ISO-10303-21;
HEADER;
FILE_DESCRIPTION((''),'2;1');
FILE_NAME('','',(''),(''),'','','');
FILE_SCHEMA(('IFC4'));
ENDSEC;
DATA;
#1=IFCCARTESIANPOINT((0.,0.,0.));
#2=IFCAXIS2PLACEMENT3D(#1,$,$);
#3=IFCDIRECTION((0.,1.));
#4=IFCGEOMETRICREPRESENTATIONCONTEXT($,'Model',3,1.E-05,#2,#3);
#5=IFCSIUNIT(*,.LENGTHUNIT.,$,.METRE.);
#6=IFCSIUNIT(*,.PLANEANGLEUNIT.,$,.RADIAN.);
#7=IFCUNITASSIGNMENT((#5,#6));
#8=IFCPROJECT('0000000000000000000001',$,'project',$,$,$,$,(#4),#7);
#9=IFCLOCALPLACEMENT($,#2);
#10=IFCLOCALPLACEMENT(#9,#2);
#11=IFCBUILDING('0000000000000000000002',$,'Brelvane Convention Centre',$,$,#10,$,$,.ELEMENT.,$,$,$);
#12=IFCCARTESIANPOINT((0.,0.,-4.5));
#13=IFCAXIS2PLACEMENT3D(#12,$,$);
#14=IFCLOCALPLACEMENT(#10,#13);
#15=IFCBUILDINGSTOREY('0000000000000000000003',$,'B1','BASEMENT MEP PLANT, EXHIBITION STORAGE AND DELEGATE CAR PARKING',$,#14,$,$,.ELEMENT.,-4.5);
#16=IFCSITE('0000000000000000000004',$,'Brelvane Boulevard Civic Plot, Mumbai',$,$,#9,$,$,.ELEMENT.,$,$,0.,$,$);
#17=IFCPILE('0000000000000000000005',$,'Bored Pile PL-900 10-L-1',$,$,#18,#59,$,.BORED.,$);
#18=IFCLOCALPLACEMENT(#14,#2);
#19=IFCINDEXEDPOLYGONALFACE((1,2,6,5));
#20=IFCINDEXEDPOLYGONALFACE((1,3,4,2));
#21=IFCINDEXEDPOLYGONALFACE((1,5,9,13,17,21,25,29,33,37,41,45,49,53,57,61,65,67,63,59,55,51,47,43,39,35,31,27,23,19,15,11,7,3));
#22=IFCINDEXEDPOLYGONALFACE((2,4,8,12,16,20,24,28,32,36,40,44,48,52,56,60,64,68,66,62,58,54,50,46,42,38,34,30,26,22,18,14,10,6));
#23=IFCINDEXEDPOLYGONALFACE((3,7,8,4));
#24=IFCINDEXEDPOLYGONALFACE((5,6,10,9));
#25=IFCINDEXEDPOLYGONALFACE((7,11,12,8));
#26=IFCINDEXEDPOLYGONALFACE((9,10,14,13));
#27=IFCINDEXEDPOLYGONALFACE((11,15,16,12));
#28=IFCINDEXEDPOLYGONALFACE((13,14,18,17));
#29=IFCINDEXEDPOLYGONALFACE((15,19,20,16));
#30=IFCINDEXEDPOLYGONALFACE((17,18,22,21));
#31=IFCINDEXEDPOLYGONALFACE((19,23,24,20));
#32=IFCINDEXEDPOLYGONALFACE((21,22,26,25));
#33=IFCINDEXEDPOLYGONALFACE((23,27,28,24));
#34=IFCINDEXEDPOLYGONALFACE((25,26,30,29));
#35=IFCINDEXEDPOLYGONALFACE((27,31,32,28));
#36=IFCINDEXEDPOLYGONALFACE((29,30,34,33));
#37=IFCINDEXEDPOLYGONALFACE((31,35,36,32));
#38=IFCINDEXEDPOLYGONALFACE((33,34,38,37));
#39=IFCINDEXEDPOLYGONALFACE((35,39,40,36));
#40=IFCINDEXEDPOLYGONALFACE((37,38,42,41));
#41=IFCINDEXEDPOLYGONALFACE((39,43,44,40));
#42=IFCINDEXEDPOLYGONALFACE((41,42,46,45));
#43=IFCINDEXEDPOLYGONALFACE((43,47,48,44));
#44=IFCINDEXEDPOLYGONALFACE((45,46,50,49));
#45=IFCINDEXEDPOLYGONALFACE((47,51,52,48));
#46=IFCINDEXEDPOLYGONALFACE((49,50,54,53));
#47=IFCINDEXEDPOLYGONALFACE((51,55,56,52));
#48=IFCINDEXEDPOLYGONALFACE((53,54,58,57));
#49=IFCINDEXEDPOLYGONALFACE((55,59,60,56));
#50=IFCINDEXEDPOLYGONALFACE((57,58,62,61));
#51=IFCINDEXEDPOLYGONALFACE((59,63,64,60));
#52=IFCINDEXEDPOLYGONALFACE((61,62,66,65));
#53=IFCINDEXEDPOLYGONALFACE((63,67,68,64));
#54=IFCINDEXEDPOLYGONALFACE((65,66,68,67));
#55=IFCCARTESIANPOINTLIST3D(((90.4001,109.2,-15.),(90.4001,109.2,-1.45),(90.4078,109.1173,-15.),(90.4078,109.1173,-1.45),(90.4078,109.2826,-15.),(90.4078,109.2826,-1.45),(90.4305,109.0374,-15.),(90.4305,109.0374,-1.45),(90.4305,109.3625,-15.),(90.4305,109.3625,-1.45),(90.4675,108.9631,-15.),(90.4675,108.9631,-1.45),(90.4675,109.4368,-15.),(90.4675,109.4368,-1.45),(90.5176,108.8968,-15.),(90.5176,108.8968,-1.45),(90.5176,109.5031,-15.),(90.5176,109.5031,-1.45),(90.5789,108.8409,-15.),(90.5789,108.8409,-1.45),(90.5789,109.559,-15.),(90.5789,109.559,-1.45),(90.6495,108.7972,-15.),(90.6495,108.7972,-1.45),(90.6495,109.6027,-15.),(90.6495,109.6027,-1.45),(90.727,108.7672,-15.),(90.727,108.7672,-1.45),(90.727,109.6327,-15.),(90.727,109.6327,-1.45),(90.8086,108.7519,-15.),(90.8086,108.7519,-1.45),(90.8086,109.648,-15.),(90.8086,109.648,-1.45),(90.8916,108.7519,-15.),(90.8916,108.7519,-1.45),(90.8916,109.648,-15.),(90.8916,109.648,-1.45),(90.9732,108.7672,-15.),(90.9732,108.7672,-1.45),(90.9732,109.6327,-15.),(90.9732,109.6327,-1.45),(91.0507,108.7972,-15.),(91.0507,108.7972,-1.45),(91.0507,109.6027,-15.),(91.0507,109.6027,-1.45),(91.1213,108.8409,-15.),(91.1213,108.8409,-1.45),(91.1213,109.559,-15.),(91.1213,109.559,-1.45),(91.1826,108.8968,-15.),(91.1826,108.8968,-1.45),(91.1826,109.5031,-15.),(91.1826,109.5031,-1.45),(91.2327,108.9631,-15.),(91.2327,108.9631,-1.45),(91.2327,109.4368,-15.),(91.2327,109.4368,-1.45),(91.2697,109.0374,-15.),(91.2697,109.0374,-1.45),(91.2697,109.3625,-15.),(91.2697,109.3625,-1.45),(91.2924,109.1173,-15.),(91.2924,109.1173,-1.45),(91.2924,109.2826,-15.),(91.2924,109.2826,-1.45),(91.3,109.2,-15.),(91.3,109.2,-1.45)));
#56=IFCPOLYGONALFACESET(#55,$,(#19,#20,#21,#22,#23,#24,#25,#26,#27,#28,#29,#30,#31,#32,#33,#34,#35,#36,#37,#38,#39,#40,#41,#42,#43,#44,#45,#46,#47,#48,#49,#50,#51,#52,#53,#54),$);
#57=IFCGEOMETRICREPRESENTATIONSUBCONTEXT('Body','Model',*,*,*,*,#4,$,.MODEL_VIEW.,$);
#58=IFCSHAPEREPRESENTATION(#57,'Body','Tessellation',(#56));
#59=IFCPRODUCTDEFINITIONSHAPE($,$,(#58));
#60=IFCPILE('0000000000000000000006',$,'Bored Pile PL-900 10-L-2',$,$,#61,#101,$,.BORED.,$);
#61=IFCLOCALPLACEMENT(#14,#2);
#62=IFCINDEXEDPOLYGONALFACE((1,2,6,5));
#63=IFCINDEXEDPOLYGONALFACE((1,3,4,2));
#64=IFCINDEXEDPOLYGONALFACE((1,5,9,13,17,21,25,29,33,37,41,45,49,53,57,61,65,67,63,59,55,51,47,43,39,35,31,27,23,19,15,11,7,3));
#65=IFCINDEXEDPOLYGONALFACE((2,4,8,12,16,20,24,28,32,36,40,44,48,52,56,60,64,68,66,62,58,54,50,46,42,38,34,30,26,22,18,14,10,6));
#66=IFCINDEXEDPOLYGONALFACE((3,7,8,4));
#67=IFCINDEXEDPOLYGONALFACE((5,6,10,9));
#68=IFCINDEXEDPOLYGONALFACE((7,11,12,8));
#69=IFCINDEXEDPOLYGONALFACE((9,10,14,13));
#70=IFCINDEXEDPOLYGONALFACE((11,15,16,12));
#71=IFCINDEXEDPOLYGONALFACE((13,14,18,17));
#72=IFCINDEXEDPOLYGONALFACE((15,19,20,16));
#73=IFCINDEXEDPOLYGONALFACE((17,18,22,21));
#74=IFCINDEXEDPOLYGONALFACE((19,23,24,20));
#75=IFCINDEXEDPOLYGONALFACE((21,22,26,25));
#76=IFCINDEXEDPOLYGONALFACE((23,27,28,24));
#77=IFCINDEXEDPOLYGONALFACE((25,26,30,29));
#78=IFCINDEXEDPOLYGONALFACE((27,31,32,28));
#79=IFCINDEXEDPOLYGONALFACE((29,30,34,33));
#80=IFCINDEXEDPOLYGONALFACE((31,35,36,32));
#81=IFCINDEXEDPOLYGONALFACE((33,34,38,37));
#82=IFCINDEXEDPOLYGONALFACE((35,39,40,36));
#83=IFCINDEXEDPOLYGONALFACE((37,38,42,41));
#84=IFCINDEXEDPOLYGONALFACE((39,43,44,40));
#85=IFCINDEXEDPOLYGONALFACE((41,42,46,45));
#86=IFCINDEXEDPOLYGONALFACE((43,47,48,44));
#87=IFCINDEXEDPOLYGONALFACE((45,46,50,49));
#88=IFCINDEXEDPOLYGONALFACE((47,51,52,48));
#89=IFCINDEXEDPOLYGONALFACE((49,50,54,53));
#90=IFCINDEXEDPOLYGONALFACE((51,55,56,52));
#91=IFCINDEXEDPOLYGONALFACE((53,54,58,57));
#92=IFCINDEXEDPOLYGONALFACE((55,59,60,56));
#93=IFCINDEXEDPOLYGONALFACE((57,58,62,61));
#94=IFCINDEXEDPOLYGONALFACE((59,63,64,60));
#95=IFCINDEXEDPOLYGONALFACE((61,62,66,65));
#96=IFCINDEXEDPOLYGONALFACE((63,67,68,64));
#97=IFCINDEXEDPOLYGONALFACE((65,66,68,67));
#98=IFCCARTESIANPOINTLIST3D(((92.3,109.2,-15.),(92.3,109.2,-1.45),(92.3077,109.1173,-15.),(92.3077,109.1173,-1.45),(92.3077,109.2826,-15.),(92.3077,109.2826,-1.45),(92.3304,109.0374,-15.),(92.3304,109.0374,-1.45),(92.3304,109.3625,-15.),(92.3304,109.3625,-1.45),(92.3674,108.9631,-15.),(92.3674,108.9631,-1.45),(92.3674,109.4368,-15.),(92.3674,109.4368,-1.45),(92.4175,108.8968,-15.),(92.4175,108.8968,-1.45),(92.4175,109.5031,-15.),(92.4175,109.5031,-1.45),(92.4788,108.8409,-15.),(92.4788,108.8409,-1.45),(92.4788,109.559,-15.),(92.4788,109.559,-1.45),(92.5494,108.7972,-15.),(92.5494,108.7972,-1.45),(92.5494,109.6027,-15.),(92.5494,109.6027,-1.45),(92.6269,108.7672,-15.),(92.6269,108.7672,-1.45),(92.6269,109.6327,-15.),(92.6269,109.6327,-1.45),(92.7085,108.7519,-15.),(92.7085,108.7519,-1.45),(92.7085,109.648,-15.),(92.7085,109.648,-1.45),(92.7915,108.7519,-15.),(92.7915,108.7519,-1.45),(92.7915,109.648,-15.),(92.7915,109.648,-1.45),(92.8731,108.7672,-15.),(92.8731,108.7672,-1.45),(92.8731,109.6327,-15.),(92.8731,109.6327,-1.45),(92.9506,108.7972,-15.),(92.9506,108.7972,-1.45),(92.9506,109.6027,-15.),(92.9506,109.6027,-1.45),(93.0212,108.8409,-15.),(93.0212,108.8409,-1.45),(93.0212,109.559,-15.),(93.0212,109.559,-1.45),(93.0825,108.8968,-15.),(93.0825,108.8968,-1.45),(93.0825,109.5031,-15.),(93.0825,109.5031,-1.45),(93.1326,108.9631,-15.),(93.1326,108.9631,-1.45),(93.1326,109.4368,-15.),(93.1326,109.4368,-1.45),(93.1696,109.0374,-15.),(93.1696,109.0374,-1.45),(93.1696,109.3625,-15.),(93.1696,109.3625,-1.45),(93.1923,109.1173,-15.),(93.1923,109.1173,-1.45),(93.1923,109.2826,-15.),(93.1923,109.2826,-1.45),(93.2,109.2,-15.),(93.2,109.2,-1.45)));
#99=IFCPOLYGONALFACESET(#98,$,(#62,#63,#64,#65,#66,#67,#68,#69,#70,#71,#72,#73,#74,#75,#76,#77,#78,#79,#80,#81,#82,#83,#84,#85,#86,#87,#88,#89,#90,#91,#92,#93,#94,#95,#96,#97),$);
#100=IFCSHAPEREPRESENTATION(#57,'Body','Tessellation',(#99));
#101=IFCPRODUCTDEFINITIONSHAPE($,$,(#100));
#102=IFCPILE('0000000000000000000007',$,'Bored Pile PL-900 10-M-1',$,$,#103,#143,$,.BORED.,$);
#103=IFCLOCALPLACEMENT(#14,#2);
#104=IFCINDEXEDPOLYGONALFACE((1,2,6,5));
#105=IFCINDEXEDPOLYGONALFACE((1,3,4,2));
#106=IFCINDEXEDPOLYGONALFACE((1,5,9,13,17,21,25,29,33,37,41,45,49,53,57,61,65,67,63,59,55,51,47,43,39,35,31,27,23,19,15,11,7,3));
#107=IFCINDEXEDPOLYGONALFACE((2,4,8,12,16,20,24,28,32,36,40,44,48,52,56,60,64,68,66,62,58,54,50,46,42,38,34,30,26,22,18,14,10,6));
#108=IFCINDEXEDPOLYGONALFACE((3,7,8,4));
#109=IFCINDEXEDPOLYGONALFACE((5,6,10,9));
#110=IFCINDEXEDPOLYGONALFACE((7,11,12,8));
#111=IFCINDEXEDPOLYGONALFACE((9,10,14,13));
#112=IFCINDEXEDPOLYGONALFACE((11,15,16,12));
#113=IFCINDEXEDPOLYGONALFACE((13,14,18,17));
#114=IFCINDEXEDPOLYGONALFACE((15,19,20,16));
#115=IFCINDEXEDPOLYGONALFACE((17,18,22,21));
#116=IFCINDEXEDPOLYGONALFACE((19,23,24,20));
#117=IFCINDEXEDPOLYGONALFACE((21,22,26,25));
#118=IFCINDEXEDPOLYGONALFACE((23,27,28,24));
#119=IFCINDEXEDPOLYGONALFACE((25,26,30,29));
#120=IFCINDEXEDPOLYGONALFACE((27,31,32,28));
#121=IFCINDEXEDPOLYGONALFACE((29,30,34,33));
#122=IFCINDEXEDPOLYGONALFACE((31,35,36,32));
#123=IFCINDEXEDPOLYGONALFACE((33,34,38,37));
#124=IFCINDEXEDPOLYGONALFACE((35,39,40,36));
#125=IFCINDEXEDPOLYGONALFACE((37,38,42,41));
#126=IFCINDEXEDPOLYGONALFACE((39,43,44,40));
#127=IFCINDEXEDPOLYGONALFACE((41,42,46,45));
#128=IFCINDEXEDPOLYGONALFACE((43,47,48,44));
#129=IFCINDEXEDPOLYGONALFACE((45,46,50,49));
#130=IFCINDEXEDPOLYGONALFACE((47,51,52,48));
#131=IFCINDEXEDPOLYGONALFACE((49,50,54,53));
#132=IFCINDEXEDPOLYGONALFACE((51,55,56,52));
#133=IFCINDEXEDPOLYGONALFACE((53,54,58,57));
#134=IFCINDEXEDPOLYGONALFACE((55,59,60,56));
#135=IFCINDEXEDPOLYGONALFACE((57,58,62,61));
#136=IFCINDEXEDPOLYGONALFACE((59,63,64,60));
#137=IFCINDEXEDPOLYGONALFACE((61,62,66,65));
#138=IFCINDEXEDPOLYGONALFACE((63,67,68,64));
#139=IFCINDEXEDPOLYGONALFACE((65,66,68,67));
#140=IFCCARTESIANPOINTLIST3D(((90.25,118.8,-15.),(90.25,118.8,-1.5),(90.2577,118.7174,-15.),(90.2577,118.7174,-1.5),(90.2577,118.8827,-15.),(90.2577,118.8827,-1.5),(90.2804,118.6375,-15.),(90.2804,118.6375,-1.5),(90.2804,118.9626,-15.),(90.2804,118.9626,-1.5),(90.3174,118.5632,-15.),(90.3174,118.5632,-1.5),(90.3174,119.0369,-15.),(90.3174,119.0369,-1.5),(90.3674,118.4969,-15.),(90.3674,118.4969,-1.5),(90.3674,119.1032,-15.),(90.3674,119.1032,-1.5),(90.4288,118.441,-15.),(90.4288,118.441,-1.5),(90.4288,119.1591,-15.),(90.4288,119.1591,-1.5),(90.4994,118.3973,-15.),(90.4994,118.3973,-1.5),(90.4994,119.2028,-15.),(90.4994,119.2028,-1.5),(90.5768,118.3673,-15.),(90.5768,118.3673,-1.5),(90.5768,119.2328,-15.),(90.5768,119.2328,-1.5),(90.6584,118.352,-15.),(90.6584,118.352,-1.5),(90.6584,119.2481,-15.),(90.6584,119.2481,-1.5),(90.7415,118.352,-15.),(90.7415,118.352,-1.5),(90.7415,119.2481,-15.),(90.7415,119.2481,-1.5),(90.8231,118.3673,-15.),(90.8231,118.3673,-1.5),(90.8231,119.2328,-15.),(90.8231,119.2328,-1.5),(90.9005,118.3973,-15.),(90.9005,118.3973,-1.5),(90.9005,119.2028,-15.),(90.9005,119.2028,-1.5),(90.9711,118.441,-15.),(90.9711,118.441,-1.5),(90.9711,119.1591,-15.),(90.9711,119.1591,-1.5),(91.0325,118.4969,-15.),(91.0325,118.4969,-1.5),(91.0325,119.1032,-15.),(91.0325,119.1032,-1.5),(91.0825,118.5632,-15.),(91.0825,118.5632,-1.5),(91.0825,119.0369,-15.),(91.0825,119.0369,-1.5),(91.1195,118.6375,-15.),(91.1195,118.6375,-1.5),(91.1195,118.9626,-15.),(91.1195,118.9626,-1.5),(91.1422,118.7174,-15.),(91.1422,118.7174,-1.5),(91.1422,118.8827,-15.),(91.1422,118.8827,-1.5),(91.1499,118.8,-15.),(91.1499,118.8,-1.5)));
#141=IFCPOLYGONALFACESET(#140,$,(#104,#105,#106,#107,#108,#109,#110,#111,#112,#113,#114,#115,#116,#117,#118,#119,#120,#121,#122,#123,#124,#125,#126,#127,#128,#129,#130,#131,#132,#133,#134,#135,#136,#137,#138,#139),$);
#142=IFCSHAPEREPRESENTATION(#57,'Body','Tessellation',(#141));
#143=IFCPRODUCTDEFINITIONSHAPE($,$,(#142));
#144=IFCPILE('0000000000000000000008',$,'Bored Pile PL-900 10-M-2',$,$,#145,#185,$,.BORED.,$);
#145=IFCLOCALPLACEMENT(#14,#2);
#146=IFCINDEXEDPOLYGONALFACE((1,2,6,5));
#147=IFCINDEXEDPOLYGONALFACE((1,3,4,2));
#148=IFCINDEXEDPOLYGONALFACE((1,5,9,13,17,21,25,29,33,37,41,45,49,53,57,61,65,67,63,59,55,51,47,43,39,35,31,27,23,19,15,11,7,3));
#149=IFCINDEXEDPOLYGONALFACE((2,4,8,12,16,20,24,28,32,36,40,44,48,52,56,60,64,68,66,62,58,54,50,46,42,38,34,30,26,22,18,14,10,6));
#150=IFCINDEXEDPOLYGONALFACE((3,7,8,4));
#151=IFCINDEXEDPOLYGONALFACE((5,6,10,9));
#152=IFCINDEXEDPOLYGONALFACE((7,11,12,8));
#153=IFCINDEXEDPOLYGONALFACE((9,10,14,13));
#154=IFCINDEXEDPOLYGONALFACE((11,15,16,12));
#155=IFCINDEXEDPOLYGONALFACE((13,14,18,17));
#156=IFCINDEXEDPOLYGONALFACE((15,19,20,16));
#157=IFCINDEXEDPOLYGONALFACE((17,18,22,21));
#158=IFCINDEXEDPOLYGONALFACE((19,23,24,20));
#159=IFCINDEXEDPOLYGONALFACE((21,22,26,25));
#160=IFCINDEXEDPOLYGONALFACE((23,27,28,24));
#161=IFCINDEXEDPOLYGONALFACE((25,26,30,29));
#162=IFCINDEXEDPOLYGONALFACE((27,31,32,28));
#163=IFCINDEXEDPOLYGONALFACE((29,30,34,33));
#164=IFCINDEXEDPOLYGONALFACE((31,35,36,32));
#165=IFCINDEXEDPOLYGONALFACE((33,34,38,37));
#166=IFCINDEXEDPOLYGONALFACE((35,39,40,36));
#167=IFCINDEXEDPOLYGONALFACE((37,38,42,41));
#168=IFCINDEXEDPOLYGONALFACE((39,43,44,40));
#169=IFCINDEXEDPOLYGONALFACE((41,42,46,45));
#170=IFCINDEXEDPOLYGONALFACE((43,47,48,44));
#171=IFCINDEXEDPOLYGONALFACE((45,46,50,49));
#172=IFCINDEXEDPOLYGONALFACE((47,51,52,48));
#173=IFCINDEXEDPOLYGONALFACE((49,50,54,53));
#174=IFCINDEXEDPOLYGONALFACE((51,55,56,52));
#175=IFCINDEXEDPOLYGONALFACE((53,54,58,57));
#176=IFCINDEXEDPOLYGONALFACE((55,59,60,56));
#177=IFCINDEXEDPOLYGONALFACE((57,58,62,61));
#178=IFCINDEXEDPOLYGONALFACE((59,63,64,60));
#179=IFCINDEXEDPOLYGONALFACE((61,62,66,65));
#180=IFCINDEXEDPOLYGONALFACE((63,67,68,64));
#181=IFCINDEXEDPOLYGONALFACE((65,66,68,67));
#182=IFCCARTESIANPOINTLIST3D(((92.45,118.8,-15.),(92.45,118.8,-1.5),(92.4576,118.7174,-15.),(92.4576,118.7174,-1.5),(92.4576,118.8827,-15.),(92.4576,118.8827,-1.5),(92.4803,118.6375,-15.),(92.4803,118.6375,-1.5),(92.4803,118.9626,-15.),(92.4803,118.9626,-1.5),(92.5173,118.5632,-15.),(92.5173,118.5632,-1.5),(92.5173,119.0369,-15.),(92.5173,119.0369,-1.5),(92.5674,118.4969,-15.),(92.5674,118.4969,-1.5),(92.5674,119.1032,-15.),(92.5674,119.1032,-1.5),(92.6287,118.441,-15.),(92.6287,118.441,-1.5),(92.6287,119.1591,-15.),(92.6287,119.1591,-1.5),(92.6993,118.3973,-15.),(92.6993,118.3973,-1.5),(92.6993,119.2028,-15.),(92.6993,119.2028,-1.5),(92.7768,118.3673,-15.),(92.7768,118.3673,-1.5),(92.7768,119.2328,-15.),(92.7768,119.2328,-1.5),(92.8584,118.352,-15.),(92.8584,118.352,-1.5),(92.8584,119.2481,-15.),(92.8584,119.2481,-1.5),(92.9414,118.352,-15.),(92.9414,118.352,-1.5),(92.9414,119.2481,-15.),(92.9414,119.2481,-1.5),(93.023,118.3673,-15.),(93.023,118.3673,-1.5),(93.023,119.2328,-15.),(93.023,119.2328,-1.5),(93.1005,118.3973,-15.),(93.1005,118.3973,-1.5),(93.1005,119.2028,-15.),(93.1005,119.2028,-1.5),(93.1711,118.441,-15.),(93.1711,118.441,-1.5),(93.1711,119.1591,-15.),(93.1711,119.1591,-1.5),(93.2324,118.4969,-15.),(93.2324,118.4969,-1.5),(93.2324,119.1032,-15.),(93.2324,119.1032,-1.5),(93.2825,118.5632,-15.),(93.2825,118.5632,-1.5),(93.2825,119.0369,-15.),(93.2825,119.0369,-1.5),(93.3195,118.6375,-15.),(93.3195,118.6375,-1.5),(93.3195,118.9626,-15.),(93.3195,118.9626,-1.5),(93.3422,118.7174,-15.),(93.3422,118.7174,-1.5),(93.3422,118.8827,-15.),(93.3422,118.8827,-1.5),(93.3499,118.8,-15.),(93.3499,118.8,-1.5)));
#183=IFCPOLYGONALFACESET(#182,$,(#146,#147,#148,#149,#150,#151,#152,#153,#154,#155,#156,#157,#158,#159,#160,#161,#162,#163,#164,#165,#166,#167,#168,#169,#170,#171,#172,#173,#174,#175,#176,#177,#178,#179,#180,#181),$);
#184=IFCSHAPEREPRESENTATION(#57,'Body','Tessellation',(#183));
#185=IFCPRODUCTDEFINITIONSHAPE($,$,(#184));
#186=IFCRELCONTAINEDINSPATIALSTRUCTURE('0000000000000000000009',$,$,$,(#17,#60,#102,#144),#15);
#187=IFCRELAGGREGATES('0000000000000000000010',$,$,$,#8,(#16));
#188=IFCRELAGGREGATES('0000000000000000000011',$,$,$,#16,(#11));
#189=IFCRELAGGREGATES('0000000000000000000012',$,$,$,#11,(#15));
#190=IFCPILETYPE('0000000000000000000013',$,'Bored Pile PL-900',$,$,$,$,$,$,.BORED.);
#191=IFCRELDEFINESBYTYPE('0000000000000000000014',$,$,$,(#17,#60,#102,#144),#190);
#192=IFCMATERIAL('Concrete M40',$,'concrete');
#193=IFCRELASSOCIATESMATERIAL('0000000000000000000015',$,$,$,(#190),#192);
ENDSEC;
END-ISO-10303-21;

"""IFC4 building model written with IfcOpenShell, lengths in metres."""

from ifc_helpers import new_model, si_unit, direction, frame, origin, origin_2d, place, context, subcontext, project, spatial, circle, extrude, material, material_profile, profile_set, type_object, element, save


model = new_model("IFC4")

# Units and contexts
model_context = context("Model", 3, precision=1e-05, world=origin(), true_north=direction((0.0, 1.0)))
body_context = subcontext(model_context, "Body", "Model", "MODEL_VIEW")
ifc_project = project(units=[si_unit("LENGTHUNIT", "METRE"), si_unit("PLANEANGLEUNIT", "RADIAN")], contexts=[model_context])

# Site, building, storey
site_placement = place(None, origin())
site = spatial("IfcSite", under=ifc_project, at=site_placement, Name="Brelvane Boulevard Civic Plot, Mumbai", CompositionType="ELEMENT", RefElevation=0.0)
building_placement = place(site_placement, origin())
building = spatial("IfcBuilding", under=site, at=building_placement, Name="Brelvane Convention Centre", CompositionType="ELEMENT")
storey_placement = place(building_placement, frame((0.0, 0.0, -4.5)))
storey = spatial("IfcBuildingStorey", under=building, at=storey_placement, Name="B1", Description="BASEMENT MEP PLANT, EXHIBITION STORAGE AND DELEGATE CAR PARKING", CompositionType="ELEMENT", Elevation=-4.5)

# Piles
ifc_material_1 = material(Name="Concrete M40", Category="concrete")
ifc_material_profile_1 = material_profile(ifc_material_1, circle(Radius=0.45, at=origin_2d()), Name="PILE D900")
ifc_profile_set_1 = profile_set([ifc_material_profile_1], Name="Concrete M40")
pile_type = type_object("IfcPileType", Name="Bored Pile PL-900", PredefinedType="BORED", material=ifc_profile_set_1)
for number, where, z_axis, x_axis, name in (
    (1, (90.8501, 109.2, -1.45), (0.0, 0.0, -1.0), (1.0, 0.0, 0.0), "Bored Pile PL-900 10-L-1"),
    (2, (92.75, 109.2, -1.45), (0.0, 0.0, -1.0), (1.0, 0.0, 0.0), "Bored Pile PL-900 10-L-2"),
):
    element("IfcPile", number, at=place(storey_placement, frame(where, z_axis=z_axis, x_axis=x_axis)), inside=storey, type_object=pile_type, Name=name, PredefinedType="BORED", context=body_context, shape_type="SweptSolid", body=[
        extrude(circle(Radius=0.45, at=origin_2d()), origin(), (0.0, 0.0, 1.0), 13.55),
    ])
for number, where, z_axis, x_axis, name in (
    (3, (90.7, 118.8, -1.5), (0.0, 0.0, -1.0), (1.0, 0.0, 0.0), "Bored Pile PL-900 10-M-1"),
    (4, (92.8999, 118.8, -1.5), (0.0, 0.0, -1.0), (1.0, 0.0, 0.0), "Bored Pile PL-900 10-M-2"),
):
    element("IfcPile", number, at=place(storey_placement, frame(where, z_axis=z_axis, x_axis=x_axis)), inside=storey, type_object=pile_type, Name=name, PredefinedType="BORED", context=body_context, shape_type="SweptSolid", body=[
        extrude(circle(Radius=0.45, at=origin_2d()), origin(), (0.0, 0.0, 1.0), 13.5),
    ])

save(model, "model.ifc")
